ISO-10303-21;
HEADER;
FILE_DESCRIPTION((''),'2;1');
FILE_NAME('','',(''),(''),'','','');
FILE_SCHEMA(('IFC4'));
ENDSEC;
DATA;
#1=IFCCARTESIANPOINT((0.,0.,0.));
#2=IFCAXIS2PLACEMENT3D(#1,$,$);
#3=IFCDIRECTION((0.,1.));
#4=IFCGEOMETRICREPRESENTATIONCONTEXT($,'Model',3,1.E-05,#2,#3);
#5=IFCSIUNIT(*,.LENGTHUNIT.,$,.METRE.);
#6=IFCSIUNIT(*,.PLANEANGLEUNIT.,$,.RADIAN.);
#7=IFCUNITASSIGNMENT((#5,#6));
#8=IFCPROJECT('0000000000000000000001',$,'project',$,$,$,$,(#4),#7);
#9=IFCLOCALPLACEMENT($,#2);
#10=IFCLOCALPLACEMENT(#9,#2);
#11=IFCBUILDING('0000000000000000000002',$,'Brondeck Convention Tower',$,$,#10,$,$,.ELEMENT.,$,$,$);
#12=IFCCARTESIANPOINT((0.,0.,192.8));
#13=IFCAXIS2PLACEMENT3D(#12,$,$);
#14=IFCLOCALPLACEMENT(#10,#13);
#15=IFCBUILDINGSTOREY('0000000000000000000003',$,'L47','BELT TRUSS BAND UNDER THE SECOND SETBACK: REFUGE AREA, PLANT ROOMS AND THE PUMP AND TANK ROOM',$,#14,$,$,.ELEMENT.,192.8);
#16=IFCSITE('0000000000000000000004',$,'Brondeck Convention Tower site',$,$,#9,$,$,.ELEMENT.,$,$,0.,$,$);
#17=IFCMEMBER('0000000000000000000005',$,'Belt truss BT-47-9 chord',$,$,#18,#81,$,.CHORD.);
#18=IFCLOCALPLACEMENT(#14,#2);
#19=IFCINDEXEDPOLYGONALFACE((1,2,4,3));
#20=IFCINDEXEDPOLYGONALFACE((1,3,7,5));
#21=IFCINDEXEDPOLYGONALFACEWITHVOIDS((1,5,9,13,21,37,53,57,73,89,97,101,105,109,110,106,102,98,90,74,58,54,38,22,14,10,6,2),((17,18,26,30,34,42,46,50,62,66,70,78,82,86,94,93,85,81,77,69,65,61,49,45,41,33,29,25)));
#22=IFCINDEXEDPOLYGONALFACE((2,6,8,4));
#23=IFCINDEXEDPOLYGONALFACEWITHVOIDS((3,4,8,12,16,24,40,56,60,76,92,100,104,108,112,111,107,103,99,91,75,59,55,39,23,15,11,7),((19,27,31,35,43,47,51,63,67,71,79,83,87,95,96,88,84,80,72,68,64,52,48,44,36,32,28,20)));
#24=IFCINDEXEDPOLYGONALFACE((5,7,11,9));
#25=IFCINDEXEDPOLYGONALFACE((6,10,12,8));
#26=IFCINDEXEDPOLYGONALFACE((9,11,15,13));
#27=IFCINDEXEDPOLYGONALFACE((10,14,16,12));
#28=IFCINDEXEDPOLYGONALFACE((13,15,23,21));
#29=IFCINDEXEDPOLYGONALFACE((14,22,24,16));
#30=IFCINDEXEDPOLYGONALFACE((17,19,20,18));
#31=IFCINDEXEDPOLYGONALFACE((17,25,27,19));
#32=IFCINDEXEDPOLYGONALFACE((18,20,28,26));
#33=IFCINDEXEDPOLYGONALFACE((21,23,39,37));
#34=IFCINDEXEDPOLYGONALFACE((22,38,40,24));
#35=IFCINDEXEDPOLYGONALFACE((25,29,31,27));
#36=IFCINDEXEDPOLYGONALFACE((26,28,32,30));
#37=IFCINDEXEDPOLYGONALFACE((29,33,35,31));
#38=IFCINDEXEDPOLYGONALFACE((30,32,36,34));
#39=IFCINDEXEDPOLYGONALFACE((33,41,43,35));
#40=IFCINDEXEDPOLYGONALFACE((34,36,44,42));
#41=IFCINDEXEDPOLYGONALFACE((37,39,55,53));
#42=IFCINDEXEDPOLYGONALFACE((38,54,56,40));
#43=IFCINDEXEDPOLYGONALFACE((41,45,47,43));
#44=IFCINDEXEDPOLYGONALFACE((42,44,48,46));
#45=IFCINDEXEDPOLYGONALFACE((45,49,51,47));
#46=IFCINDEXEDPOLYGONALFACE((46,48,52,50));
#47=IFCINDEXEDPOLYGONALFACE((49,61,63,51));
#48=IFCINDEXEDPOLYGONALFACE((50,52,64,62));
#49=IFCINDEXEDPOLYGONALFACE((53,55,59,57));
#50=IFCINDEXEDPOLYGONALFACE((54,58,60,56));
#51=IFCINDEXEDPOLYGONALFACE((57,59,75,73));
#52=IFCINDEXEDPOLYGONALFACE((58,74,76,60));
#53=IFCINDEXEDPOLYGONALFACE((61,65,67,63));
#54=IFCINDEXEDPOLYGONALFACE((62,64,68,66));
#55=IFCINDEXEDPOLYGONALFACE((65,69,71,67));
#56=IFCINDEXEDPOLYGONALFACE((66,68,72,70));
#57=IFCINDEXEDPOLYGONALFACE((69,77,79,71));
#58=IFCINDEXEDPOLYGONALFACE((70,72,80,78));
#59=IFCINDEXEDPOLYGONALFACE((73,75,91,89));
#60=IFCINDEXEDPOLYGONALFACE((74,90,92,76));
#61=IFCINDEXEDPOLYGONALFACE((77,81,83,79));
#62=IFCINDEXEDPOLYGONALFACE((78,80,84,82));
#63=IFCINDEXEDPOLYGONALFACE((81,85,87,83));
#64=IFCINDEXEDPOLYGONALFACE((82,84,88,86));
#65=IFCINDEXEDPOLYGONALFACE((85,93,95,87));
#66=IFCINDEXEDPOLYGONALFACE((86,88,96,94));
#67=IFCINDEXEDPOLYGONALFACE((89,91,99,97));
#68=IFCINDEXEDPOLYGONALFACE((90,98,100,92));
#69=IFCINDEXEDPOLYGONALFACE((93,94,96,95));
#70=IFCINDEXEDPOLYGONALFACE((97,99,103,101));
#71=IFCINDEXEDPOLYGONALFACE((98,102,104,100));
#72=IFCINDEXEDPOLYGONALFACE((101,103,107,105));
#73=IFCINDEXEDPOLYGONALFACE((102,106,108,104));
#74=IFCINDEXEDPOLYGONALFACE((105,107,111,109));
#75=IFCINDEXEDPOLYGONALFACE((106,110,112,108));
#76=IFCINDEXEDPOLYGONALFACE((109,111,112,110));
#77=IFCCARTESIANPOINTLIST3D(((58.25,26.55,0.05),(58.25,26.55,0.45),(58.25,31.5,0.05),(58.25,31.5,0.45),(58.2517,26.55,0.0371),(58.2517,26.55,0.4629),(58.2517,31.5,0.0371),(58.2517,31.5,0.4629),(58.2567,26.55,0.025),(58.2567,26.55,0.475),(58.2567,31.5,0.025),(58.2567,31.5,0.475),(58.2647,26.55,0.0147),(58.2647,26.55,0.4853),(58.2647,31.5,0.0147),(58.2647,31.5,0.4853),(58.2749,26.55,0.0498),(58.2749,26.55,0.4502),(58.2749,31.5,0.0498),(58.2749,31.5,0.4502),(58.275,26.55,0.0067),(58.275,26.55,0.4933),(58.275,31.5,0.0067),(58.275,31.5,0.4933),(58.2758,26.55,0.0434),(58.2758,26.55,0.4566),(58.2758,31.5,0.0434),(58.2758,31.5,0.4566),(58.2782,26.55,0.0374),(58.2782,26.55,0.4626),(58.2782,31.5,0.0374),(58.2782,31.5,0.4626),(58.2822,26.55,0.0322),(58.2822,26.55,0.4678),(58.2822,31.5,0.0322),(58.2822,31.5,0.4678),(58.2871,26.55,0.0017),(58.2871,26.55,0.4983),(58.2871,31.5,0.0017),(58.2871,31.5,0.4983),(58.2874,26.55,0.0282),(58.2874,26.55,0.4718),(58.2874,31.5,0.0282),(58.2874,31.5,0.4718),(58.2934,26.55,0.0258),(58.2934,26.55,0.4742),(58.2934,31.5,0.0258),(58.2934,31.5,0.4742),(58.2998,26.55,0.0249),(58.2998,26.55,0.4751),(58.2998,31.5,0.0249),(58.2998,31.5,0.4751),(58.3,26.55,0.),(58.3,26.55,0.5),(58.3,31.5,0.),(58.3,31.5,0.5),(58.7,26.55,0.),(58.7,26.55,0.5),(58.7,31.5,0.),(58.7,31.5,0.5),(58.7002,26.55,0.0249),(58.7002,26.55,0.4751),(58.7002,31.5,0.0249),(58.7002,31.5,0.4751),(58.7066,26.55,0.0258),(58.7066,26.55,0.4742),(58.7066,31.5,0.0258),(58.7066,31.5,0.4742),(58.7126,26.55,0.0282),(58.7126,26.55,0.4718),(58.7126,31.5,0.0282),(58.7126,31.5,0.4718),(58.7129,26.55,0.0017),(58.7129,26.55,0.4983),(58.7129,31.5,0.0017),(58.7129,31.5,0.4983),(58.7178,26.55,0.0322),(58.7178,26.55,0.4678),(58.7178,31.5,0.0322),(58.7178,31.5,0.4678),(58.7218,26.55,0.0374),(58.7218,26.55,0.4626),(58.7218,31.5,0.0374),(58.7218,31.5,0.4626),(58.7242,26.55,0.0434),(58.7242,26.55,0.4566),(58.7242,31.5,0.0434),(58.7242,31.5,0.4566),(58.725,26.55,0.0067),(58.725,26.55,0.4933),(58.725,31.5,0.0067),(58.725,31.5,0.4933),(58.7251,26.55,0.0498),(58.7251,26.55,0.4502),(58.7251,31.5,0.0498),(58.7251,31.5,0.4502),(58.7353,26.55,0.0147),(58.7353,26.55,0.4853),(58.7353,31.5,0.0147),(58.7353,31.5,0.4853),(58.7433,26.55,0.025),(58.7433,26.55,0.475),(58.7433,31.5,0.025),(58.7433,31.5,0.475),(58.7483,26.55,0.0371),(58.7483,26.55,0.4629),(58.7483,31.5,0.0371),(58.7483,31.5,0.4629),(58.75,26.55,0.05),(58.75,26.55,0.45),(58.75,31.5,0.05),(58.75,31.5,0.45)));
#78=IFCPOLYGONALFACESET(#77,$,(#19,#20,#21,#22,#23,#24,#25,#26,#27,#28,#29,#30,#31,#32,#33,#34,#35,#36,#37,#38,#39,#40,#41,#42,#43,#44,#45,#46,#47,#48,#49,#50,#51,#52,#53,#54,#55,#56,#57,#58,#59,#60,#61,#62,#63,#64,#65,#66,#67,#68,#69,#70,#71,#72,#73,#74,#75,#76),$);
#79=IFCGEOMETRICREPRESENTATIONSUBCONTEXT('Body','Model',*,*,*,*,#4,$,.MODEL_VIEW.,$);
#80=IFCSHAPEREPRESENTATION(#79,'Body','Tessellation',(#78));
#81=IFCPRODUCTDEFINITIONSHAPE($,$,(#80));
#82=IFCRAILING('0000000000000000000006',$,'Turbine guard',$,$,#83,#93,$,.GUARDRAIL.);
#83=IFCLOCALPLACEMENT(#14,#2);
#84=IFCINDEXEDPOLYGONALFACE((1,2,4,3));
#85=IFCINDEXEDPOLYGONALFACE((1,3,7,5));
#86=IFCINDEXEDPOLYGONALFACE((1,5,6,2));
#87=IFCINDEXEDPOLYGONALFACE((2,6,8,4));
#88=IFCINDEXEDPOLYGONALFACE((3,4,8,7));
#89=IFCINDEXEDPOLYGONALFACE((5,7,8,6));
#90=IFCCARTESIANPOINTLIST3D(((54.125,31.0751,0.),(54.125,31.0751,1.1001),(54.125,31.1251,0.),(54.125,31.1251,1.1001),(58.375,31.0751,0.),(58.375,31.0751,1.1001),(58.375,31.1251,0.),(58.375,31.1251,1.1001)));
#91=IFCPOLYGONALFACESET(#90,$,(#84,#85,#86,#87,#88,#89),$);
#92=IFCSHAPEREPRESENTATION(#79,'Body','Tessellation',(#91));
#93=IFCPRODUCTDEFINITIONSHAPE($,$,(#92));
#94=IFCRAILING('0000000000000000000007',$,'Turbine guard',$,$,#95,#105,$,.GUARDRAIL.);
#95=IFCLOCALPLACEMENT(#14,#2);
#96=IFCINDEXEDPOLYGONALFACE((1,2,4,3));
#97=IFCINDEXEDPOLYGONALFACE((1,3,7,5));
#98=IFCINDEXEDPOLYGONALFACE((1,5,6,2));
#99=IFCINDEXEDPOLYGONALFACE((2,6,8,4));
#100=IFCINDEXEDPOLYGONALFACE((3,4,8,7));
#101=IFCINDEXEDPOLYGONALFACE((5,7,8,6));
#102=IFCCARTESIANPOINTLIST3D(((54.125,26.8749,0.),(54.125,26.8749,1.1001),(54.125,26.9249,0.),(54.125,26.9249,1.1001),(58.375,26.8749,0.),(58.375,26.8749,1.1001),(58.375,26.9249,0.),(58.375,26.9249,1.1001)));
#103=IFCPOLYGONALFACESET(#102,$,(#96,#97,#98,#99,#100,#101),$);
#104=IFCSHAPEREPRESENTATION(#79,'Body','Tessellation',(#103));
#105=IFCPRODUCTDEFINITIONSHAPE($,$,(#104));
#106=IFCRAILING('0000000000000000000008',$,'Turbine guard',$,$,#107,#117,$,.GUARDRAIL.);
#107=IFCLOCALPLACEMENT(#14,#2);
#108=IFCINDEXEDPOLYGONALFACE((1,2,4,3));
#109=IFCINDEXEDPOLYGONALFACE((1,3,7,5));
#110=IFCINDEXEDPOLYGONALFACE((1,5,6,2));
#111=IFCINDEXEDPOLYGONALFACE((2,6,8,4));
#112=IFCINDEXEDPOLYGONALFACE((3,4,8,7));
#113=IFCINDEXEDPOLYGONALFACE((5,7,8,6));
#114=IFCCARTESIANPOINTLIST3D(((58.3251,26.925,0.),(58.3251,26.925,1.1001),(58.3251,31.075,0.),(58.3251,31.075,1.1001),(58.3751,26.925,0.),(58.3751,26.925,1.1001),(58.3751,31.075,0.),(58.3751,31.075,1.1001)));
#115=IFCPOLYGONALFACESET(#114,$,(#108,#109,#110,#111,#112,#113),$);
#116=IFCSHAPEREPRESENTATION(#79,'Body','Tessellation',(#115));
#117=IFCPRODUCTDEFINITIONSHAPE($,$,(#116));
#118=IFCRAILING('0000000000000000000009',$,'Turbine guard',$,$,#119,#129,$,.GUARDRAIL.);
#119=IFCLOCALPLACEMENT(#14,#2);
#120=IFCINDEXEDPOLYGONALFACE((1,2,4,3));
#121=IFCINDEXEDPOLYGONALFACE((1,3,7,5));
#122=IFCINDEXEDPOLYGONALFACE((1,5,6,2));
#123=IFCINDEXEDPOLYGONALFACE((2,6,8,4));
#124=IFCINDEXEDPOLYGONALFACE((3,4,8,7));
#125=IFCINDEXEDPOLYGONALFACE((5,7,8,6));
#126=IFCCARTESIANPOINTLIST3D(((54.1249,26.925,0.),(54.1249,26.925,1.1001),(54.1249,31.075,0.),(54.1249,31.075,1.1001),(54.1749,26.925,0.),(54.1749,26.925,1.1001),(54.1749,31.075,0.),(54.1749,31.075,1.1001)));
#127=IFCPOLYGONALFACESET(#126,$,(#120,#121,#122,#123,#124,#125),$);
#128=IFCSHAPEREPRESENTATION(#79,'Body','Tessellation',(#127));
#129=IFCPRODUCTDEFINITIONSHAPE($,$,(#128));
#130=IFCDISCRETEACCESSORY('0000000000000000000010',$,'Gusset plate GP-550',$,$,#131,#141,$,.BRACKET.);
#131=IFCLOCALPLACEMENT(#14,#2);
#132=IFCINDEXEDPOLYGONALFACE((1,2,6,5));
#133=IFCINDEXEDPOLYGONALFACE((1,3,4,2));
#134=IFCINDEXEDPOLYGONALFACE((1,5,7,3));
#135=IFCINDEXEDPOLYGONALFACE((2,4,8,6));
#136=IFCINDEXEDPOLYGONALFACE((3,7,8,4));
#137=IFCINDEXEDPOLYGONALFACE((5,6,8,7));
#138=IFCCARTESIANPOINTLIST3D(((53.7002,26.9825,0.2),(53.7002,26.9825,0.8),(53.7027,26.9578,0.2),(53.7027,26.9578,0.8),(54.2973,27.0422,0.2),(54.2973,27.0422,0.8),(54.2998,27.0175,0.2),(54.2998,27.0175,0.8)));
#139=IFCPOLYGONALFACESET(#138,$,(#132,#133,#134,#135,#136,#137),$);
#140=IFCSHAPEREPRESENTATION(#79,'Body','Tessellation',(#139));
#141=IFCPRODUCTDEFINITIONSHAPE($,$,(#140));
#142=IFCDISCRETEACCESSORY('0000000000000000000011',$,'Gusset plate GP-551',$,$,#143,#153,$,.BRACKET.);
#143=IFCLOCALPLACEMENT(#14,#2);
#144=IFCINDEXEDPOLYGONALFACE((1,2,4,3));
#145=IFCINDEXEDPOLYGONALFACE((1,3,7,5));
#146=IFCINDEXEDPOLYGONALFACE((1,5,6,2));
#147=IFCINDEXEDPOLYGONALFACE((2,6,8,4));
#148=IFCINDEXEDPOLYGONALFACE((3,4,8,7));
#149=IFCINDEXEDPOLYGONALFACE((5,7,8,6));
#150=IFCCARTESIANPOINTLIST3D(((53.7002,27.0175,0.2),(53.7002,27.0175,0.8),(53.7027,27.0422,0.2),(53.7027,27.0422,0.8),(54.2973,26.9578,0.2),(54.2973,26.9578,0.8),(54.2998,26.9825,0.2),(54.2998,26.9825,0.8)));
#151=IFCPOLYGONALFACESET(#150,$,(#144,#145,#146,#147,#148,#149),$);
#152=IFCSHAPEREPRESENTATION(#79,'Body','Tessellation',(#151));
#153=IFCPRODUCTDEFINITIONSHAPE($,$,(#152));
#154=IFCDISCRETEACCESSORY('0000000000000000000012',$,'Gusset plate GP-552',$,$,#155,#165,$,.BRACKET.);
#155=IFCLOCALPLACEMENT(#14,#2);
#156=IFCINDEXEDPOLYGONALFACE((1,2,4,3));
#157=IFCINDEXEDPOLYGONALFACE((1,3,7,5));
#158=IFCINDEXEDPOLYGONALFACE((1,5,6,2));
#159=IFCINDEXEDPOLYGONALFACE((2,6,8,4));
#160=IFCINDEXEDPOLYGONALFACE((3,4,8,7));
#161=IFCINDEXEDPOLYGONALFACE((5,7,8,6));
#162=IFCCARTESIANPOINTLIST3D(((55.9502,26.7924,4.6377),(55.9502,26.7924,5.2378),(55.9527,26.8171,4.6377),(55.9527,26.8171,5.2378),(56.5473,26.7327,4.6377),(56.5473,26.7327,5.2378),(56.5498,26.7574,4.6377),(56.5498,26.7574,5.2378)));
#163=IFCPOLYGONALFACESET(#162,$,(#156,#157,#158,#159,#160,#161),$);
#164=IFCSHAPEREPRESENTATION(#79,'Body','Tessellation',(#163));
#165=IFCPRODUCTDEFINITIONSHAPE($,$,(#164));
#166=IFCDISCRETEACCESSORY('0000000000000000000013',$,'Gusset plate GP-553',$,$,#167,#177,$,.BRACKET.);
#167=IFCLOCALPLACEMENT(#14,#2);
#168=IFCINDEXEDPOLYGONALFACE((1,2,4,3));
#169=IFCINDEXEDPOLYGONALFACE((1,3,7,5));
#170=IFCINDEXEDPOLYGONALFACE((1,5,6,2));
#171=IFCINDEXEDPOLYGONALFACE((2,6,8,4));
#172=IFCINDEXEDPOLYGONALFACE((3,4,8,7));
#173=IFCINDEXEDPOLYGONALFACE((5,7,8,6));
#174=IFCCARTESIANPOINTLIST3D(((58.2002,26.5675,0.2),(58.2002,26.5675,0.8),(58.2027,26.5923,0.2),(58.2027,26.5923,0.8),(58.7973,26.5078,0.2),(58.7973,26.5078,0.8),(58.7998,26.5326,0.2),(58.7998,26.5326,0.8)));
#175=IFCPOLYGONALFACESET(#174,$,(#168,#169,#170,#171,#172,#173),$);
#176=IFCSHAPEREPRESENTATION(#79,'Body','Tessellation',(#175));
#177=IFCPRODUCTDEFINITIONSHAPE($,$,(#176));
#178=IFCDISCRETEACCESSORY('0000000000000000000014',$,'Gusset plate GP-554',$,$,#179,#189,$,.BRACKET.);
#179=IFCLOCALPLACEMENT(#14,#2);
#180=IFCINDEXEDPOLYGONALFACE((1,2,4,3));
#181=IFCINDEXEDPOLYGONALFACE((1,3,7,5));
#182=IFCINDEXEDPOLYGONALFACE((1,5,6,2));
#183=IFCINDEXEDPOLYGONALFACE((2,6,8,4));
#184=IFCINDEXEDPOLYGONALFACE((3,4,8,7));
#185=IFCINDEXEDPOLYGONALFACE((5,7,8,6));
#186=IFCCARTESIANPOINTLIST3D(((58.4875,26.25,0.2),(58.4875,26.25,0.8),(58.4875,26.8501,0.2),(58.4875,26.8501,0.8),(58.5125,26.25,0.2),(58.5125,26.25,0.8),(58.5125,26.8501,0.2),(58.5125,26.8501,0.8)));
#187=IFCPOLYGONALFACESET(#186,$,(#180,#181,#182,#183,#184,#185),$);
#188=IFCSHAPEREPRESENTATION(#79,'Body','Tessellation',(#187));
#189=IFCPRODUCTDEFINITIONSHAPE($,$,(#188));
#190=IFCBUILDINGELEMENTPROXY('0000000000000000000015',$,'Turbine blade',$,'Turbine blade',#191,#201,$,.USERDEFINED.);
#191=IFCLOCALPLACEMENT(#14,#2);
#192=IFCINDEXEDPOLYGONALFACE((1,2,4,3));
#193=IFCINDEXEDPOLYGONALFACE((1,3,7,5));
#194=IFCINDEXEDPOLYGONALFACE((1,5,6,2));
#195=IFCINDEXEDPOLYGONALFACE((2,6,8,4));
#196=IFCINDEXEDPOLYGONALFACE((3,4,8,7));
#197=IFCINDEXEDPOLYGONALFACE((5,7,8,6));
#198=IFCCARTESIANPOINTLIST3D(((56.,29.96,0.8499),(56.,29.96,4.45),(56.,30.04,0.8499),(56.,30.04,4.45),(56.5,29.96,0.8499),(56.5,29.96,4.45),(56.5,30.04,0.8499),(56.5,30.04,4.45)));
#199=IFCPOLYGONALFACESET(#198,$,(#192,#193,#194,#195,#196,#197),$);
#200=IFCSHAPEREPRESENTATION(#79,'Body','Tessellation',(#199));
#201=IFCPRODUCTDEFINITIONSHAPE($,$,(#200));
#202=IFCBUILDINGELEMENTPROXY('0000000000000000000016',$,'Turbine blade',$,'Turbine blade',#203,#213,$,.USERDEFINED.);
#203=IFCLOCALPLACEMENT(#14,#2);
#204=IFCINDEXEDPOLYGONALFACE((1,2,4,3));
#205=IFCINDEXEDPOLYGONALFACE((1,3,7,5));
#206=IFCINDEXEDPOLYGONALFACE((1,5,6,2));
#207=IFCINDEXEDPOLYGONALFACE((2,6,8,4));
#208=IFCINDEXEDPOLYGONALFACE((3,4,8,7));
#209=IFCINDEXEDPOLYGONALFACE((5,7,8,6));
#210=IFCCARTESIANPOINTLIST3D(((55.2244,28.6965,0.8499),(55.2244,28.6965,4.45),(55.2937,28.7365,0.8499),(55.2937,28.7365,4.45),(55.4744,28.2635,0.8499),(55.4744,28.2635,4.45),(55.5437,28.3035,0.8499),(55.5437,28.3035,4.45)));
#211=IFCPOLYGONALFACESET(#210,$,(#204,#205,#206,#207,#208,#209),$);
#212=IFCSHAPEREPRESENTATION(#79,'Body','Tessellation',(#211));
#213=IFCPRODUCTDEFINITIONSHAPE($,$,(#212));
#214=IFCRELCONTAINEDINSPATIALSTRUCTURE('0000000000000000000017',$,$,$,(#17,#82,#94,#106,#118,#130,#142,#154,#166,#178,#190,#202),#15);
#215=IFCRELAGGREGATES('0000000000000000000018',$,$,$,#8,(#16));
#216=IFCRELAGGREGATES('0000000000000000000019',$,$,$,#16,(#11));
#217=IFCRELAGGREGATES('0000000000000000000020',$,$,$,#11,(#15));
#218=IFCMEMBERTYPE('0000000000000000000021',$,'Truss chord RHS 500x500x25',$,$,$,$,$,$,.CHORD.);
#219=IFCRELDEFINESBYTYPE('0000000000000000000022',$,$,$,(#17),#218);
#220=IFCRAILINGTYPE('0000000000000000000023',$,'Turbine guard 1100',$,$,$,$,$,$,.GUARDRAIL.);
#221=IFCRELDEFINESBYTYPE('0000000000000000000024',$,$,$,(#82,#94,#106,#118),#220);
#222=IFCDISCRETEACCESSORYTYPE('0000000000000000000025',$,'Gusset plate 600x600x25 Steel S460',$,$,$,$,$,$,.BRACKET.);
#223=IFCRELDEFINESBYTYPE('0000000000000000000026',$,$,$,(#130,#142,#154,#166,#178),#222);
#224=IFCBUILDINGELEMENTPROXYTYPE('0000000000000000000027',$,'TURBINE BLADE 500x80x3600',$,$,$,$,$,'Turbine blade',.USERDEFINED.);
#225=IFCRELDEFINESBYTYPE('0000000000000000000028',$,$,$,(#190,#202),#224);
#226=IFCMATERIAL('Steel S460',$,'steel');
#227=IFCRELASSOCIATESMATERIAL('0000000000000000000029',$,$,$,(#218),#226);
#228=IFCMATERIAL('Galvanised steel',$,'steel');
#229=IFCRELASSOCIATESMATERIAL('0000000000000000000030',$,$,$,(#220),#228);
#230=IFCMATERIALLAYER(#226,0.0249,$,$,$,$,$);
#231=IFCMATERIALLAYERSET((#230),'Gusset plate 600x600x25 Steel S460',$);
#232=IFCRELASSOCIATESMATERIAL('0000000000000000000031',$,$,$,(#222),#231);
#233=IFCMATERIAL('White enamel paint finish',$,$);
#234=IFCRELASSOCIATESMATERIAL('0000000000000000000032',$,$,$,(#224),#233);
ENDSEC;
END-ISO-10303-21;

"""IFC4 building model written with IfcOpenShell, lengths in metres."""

from ifc_helpers import new_model, si_unit, direction, frame, origin, origin_2d, place, context, subcontext, project, spatial, rectangle, hollow_rectangle, extrude, material, layer, layer_set, material_profile, profile_set, type_object, element, save


model = new_model("IFC4")

# Units and contexts
model_context = context("Model", 3, precision=1e-05, world=origin(), true_north=direction((0.0, 1.0)))
body_context = subcontext(model_context, "Body", "Model", "MODEL_VIEW")
ifc_project = project(units=[si_unit("LENGTHUNIT", "METRE"), si_unit("PLANEANGLEUNIT", "RADIAN")], contexts=[model_context])

# Site, building, storey
site_placement = place(None, origin())
site = spatial("IfcSite", under=ifc_project, at=site_placement, Name="Brondeck Convention Tower site", CompositionType="ELEMENT", RefElevation=0.0)
building_placement = place(site_placement, origin())
building = spatial("IfcBuilding", under=site, at=building_placement, Name="Brondeck Convention Tower", CompositionType="ELEMENT")
storey_placement = place(building_placement, frame((0.0, 0.0, 192.8)))
storey = spatial("IfcBuildingStorey", under=building, at=storey_placement, Name="L47", Description="BELT TRUSS BAND UNDER THE SECOND SETBACK: REFUGE AREA, PLANT ROOMS AND THE PUMP AND TANK ROOM", CompositionType="ELEMENT", Elevation=192.8)

# Shared definitions
ifc_material_1 = material(Name="Steel S460", Category="steel")

# Member
ifc_material_profile_1 = material_profile(ifc_material_1, hollow_rectangle(XDim=0.5, YDim=0.5, WallThickness=0.0249, InnerFilletRadius=0.0249, OuterFilletRadius=0.05, at=origin_2d()), Name="RHS 500x500x25")
ifc_profile_set_1 = profile_set([ifc_material_profile_1], Name="Steel S460")
member_type_1 = type_object("IfcMemberType", Name="Truss chord RHS 500x500x25", PredefinedType="CHORD", material=ifc_profile_set_1)
member_1_placement = place(storey_placement, frame((58.5, 26.55, 0.25), z_axis=(0.0, 1.0, 0.0), x_axis=(-1.0, 0.0, 0.0)))
element("IfcMember", 1, at=member_1_placement, inside=storey, type_object=member_type_1, Name="Belt truss BT-47-9 chord", PredefinedType="CHORD", context=body_context, shape_type="SweptSolid", body=[
    extrude(hollow_rectangle(XDim=0.5, YDim=0.5, WallThickness=0.0249, InnerFilletRadius=0.0249, OuterFilletRadius=0.05, at=origin_2d()), origin(), (0.0, 0.0, 1.0), 4.95),
])

# Railings
ifc_material_2 = material(Name="Galvanised steel", Category="steel")
railing_type = type_object("IfcRailingType", Name="Turbine guard 1100", PredefinedType="GUARDRAIL", material=ifc_material_2)
for number, where, z_axis, x_axis, name in (
    (2, (56.25, 31.1001, 0.0), (0.0, 0.0, 1.0), (1.0, 0.0, 0.0), "Turbine guard"),
    (3, (56.25, 26.8999, 0.0), (0.0, 0.0, 1.0), (1.0, 0.0, 0.0), "Turbine guard"),
):
    element("IfcRailing", number, at=place(storey_placement, frame(where, z_axis=z_axis, x_axis=x_axis)), inside=storey, type_object=railing_type, Name=name, PredefinedType="GUARDRAIL", context=body_context, shape_type="SweptSolid", body=[
        extrude(rectangle(XDim=4.25, YDim=0.05, at=origin_2d()), origin(), (0.0, 0.0, 1.0), 1.1001),
    ])
for number, where, z_axis, x_axis, name in (
    (4, (58.3501, 29.0, 0.0), (0.0, 0.0, 1.0), (1.0, 0.0, 0.0), "Turbine guard"),
    (5, (54.1499, 29.0, 0.0), (0.0, 0.0, 1.0), (1.0, 0.0, 0.0), "Turbine guard"),
):
    element("IfcRailing", number, at=place(storey_placement, frame(where, z_axis=z_axis, x_axis=x_axis)), inside=storey, type_object=railing_type, Name=name, PredefinedType="GUARDRAIL", context=body_context, shape_type="SweptSolid", body=[
        extrude(rectangle(XDim=0.05, YDim=4.1499, at=origin_2d()), origin(), (0.0, 0.0, 1.0), 1.1001),
    ])

# Discrete accessories
ifc_layer = layer(ifc_material_1, 0.0249)
ifc_layer_set = layer_set([ifc_layer], Name="Gusset plate 600x600x25 Steel S460")
discrete_accessory_type = type_object("IfcDiscreteAccessoryType", Name="Gusset plate 600x600x25 Steel S460", PredefinedType="BRACKET", material=ifc_layer_set)
for number, where, z_axis, x_axis, name in (
    (6, (54.0, 27.0, 0.2), (0.0, 0.0, 1.0), (0.995036, 0.099511, 0.0), "Gusset plate GP-550"),
    (7, (54.0, 27.0, 0.2), (0.0, 0.0, 1.0), (-0.995036, 0.099511, 0.0), "Gusset plate GP-551"),
    (8, (56.25, 26.7749, 4.6377), (0.0, 0.0, 1.0), (-0.995036, 0.099511, 0.0), "Gusset plate GP-552"),
    (9, (58.5, 26.55, 0.2), (0.0, 0.0, 1.0), (-0.995036, 0.099511, 0.0), "Gusset plate GP-553"),
    (10, (58.5, 26.55, 0.2), (0.0, 0.0, 1.0), (0.0, 1.0, 0.0), "Gusset plate GP-554"),
):
    element("IfcDiscreteAccessory", number, at=place(storey_placement, frame(where, z_axis=z_axis, x_axis=x_axis)), inside=storey, type_object=discrete_accessory_type, Name=name, PredefinedType="BRACKET", context=body_context, shape_type="SweptSolid", body=[
        extrude(rectangle(XDim=0.6001, YDim=0.0249, at=origin_2d()), origin(), (0.0, 0.0, 1.0), 0.6001),
    ])

# Building element proxies
ifc_material_3 = material(Name="White enamel paint finish")
building_element_proxy_type_1 = type_object("IfcBuildingElementProxyType", Name="TURBINE BLADE 500x80x3600", ElementType="Turbine blade", PredefinedType="USERDEFINED", material=ifc_material_3)
for number, where, z_axis, x_axis, name in (
    (11, (56.25, 30.0, 0.8499), (0.0, 0.0, 1.0), (-1.0, 0.0, 0.0), "Turbine blade"),
    (12, (55.384, 28.5, 0.8499), (0.0, 0.0, 1.0), (0.5, -0.866025, 0.0), "Turbine blade"),
):
    element("IfcBuildingElementProxy", number, at=place(storey_placement, frame(where, z_axis=z_axis, x_axis=x_axis)), inside=storey, type_object=building_element_proxy_type_1, Name=name, ObjectType="Turbine blade", PredefinedType="USERDEFINED", context=body_context, shape_type="SweptSolid", body=[
        extrude(rectangle(XDim=0.5, YDim=0.0801, at=origin_2d()), origin(), (0.0, 0.0, 1.0), 3.6001),
    ])

save(model, "model.ifc")
